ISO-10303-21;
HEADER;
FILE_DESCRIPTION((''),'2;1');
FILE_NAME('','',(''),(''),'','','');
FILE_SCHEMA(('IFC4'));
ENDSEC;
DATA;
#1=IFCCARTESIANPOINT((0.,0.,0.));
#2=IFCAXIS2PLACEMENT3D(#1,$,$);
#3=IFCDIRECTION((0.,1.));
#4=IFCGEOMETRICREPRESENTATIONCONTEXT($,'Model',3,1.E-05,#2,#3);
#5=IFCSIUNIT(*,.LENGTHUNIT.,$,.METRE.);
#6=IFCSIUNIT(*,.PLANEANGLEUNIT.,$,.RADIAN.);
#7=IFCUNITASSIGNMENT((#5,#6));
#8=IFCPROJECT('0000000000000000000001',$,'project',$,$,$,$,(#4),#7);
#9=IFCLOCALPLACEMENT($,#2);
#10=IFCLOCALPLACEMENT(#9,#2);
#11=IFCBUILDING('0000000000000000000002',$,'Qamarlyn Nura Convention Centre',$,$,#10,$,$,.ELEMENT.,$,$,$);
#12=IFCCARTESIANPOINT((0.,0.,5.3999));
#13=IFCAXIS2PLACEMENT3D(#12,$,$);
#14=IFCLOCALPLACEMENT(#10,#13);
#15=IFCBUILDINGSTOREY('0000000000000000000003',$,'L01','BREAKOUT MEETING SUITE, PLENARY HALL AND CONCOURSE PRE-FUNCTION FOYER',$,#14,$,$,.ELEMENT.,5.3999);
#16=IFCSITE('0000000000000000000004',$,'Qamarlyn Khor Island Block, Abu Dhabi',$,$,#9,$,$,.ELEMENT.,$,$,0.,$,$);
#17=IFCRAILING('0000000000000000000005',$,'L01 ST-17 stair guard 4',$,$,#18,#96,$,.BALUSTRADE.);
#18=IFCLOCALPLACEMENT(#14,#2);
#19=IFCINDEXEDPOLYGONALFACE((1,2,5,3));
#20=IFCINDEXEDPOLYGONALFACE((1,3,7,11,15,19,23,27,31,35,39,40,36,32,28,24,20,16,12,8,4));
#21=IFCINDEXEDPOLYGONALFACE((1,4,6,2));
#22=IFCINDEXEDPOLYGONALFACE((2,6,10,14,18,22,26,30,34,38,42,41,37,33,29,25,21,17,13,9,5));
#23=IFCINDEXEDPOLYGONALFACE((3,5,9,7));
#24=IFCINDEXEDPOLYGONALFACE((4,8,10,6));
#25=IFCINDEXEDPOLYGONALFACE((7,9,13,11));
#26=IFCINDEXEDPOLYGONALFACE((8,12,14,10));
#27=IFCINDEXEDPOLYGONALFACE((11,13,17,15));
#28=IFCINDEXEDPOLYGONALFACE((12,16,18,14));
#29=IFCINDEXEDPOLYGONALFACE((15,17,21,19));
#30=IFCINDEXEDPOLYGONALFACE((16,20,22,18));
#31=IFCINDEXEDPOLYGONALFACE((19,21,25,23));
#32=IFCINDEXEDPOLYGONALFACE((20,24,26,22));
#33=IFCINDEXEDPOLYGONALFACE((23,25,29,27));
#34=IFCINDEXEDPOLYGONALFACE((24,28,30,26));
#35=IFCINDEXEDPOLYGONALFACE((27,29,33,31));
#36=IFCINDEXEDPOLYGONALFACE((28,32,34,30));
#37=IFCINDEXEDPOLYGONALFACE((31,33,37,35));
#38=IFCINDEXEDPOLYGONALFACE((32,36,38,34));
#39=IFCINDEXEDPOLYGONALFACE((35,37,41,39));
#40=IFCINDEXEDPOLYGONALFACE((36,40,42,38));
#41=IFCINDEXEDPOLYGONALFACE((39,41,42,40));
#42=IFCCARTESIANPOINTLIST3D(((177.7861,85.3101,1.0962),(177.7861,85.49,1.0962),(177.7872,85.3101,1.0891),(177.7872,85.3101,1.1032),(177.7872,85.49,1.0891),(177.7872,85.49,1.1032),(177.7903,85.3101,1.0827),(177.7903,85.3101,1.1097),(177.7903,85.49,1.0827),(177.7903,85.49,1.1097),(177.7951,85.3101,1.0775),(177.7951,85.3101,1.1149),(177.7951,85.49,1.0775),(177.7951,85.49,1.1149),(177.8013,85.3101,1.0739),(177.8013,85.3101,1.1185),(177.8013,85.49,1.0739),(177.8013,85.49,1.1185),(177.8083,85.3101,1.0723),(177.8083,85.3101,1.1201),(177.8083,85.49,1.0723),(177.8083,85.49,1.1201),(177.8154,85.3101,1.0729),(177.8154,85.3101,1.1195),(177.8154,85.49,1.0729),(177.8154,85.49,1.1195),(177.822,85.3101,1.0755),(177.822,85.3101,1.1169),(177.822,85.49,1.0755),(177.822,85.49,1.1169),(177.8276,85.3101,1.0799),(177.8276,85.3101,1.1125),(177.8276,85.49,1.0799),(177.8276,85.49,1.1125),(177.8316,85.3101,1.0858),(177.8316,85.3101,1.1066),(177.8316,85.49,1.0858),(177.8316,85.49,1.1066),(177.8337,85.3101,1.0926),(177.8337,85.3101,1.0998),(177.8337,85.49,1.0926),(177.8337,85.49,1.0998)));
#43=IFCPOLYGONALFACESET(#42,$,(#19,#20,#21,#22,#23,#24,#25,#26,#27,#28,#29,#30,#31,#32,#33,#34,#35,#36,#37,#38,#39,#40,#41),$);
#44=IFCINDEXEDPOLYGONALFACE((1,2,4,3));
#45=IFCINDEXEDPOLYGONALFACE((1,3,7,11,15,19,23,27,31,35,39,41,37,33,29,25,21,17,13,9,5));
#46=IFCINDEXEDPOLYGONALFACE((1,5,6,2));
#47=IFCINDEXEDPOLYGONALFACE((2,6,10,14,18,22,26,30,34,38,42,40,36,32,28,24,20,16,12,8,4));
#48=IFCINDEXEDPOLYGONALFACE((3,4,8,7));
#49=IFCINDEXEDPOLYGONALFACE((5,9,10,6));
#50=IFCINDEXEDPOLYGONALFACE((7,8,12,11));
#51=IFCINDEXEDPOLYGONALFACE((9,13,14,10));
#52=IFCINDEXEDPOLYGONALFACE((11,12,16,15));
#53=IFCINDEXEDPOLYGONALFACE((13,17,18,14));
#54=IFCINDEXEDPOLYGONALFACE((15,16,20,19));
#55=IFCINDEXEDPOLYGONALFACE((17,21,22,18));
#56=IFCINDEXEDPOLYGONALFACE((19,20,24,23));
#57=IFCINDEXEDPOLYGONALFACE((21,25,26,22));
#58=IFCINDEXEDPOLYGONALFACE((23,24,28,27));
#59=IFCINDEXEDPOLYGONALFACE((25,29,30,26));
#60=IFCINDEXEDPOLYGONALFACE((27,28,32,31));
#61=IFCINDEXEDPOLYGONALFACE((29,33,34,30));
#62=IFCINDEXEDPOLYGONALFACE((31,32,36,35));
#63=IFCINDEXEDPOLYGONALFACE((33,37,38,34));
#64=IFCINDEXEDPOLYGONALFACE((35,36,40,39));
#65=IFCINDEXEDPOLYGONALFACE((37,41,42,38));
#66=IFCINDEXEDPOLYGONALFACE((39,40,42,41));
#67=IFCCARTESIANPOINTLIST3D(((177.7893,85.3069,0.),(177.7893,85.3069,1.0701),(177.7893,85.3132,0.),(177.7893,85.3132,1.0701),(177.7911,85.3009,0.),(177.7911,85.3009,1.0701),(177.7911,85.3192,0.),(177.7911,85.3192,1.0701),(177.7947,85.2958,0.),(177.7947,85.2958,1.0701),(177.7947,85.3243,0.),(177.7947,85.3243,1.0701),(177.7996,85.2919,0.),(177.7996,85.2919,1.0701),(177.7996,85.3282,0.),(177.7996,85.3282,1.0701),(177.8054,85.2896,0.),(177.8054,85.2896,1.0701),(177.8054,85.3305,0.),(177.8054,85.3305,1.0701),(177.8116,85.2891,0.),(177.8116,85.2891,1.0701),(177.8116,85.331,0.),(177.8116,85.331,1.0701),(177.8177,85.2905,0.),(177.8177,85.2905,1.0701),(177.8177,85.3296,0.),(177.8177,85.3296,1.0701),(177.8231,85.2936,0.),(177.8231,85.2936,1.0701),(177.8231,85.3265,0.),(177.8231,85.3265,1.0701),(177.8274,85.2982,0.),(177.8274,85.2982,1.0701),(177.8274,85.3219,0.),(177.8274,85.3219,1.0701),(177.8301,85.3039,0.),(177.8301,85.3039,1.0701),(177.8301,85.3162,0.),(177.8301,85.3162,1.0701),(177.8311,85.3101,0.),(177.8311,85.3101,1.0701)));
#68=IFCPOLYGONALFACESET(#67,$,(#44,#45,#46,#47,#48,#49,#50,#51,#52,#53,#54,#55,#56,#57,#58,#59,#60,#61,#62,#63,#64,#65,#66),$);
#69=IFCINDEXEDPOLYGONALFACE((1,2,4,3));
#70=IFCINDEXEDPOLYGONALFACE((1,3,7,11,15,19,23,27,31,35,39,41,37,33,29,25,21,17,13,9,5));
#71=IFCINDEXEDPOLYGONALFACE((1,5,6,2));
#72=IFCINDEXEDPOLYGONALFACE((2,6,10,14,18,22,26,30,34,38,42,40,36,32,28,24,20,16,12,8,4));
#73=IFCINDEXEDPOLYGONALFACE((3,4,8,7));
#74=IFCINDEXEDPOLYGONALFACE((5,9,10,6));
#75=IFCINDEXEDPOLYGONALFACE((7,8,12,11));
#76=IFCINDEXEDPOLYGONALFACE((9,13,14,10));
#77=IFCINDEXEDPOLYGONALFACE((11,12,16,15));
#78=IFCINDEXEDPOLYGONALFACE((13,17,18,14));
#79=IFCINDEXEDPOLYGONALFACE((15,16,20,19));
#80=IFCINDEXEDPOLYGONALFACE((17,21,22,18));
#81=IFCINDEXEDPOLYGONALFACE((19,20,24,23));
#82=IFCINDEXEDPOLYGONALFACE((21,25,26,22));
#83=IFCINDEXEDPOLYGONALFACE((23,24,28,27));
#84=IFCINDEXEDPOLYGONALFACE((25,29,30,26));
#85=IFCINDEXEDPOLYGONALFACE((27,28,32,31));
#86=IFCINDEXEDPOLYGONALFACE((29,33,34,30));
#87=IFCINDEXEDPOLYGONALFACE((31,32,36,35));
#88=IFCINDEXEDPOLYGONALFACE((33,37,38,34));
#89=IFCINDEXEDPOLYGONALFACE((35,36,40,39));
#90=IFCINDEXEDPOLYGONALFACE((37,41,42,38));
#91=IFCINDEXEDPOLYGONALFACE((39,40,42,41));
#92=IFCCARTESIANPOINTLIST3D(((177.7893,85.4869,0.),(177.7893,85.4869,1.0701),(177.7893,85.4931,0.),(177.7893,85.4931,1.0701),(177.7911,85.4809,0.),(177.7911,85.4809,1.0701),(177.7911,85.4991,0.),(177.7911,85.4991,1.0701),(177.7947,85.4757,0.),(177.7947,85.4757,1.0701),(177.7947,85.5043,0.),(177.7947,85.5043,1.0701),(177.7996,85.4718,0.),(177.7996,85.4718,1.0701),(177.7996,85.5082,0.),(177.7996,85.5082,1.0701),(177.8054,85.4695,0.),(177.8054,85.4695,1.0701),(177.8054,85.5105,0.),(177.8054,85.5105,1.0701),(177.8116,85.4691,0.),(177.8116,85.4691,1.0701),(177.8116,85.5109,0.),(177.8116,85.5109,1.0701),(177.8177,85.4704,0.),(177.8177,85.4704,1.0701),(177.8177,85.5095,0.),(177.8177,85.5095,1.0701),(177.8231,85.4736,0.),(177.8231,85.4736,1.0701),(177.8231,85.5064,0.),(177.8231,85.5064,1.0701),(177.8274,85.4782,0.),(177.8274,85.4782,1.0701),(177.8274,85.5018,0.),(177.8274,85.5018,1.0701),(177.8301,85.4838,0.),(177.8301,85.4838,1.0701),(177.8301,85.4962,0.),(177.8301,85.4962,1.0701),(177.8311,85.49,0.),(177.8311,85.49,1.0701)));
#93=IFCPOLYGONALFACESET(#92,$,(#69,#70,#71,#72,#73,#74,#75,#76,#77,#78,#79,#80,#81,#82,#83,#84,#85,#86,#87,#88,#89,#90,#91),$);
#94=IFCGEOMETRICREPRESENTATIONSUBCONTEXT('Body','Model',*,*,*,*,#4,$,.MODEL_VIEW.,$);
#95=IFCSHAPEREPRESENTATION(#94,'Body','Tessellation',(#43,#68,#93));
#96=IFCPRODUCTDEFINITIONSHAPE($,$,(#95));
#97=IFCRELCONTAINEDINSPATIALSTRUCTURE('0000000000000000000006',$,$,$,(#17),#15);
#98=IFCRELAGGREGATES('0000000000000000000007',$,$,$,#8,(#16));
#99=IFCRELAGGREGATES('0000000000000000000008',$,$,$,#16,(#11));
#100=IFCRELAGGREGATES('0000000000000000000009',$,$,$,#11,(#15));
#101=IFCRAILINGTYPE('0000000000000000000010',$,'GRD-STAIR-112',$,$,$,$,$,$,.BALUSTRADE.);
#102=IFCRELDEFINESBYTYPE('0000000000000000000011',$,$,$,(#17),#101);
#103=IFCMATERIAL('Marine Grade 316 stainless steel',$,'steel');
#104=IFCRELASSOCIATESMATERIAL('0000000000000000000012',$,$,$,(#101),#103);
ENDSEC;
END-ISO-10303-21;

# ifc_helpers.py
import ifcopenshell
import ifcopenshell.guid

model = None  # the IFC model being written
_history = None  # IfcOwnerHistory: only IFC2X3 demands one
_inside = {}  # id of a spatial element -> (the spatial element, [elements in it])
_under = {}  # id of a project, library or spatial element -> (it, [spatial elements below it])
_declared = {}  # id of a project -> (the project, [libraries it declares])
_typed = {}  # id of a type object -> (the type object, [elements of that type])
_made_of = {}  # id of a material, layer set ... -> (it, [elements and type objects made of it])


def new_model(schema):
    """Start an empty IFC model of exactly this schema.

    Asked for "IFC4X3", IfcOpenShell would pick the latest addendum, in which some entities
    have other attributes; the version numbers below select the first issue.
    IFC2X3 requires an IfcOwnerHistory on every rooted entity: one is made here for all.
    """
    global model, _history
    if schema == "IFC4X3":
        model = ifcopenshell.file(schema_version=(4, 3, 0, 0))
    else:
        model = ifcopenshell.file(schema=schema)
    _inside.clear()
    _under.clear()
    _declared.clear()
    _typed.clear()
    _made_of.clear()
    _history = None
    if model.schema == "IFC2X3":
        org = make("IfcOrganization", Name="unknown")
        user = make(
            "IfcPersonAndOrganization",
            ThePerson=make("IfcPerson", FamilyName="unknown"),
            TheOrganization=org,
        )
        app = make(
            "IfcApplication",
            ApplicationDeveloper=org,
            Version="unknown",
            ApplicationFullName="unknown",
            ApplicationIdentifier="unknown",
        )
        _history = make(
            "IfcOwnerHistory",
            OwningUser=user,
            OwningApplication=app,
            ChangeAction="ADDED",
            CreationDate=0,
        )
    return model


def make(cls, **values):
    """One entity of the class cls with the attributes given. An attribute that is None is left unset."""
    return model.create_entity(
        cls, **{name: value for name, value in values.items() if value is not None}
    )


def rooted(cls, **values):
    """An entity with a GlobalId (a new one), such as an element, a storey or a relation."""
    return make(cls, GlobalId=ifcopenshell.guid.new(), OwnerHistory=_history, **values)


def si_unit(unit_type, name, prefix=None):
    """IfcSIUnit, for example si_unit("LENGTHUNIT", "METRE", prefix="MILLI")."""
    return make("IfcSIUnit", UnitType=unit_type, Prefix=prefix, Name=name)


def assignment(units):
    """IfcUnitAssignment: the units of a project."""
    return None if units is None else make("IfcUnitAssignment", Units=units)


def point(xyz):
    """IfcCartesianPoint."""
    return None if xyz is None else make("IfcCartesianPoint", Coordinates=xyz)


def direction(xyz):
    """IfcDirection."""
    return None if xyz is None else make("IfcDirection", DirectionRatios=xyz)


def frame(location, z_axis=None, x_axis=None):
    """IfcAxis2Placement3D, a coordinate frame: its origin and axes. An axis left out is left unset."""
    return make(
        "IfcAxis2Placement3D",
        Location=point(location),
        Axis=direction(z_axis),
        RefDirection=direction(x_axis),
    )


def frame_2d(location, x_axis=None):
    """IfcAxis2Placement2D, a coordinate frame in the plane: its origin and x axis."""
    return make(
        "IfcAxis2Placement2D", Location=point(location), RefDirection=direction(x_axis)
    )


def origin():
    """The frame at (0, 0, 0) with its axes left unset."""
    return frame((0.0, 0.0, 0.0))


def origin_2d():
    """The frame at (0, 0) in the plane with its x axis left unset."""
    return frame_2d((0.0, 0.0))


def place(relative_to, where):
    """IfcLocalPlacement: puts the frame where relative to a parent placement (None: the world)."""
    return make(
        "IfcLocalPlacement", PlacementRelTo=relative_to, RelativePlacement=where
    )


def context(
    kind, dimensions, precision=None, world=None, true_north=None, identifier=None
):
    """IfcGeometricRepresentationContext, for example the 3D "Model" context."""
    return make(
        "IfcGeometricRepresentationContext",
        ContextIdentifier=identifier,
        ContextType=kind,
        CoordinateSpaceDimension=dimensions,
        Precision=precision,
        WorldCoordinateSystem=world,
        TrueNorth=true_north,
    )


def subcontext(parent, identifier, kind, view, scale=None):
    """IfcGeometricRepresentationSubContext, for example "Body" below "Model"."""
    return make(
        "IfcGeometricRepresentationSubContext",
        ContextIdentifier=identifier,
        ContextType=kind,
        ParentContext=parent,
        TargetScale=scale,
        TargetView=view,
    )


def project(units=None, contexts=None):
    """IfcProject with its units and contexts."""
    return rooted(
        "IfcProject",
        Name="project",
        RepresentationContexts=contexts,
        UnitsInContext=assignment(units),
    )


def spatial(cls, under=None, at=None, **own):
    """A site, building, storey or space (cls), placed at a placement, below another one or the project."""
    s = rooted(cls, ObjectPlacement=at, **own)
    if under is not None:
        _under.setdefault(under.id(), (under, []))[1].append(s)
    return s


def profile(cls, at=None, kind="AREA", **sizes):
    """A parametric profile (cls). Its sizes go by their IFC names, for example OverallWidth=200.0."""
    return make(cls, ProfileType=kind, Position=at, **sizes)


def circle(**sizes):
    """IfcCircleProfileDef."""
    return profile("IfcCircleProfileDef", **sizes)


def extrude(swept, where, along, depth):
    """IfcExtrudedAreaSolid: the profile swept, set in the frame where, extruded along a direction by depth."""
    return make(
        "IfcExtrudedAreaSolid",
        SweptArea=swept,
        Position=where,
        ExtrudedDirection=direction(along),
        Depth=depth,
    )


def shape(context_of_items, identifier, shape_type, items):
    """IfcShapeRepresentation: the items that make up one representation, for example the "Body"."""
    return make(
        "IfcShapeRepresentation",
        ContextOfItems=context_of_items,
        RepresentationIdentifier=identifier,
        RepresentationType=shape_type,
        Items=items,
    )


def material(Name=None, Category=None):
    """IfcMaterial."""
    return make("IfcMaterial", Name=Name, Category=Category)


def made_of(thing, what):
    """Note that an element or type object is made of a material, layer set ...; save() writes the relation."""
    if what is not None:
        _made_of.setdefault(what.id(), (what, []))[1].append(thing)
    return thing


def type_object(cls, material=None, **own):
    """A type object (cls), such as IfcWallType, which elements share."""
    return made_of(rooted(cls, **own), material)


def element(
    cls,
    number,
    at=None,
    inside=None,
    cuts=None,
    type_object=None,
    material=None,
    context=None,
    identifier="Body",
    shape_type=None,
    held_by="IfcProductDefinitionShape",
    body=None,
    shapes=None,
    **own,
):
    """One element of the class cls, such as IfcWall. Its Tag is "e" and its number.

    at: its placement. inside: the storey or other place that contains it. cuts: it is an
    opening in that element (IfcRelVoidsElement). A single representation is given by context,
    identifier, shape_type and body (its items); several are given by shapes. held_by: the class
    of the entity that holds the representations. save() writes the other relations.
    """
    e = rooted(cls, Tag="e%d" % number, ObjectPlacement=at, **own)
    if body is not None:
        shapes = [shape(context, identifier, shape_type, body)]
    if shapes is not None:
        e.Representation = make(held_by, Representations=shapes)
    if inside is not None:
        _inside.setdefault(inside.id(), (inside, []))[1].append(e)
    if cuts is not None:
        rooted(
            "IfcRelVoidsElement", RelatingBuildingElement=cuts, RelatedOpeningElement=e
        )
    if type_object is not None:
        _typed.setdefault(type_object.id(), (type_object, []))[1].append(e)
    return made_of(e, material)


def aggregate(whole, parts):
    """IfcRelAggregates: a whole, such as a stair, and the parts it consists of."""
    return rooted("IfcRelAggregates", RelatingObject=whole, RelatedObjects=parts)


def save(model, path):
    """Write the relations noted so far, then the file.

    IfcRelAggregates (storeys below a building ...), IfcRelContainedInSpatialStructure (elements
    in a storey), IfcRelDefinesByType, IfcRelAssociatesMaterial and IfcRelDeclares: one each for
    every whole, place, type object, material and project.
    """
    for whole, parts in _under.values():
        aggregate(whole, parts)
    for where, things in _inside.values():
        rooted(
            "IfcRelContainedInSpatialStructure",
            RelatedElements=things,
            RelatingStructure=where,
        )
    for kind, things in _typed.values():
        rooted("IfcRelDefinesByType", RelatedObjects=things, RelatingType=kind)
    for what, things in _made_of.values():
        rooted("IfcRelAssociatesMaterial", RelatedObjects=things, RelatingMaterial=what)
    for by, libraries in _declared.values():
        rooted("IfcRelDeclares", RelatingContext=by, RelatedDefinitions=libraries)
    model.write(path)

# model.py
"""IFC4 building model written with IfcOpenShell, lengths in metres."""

from ifc_helpers import new_model, si_unit, direction, frame, origin, origin_2d, place, context, subcontext, project, spatial, circle, extrude, material, type_object, element, save


model = new_model("IFC4")

# Units and contexts
model_context = context("Model", 3, precision=1e-05, world=origin(), true_north=direction((0.0, 1.0)))
body_context = subcontext(model_context, "Body", "Model", "MODEL_VIEW")
ifc_project = project(units=[si_unit("LENGTHUNIT", "METRE"), si_unit("PLANEANGLEUNIT", "RADIAN")], contexts=[model_context])

# Site, building, storey
site_placement = place(None, origin())
site = spatial("IfcSite", under=ifc_project, at=site_placement, Name="Qamarlyn Khor Island Block, Abu Dhabi", CompositionType="ELEMENT", RefElevation=0.0)
building_placement = place(site_placement, origin())
building = spatial("IfcBuilding", under=site, at=building_placement, Name="Qamarlyn Nura Convention Centre", CompositionType="ELEMENT")
storey_placement = place(building_placement, frame((0.0, 0.0, 5.3999)))
storey = spatial("IfcBuildingStorey", under=building, at=storey_placement, Name="L01", Description="BREAKOUT MEETING SUITE, PLENARY HALL AND CONCOURSE PRE-FUNCTION FOYER", CompositionType="ELEMENT", Elevation=5.3999)

# Railing
ifc_material_1 = material(Name="Marine Grade 316 stainless steel", Category="steel")
railing_type_1 = type_object("IfcRailingType", Name="GRD-STAIR-112", PredefinedType="BALUSTRADE", material=ifc_material_1)
railing_1_placement = place(storey_placement, frame((177.8101, 85.3101, 0.0)))
element("IfcRailing", 1, at=railing_1_placement, inside=storey, type_object=railing_type_1, Name="L01 ST-17 stair guard 4", PredefinedType="BALUSTRADE", context=body_context, shape_type="SweptSolid", body=[
    extrude(circle(Radius=0.0239, at=origin_2d()), frame((0.0, 0.0, 1.0962), z_axis=(0.0, 1.0, 0.0), x_axis=(-1.0, 0.0, 0.0)), (0.0, 0.0, 1.0), 0.1799),
    extrude(circle(Radius=0.021, at=origin_2d()), origin(), (0.0, 0.0, 1.0), 1.0701),
    extrude(circle(Radius=0.021, at=origin_2d()), frame((0.0, 0.1799, 0.0)), (0.0, 0.0, 1.0), 1.0701),
])

save(model, "model.ifc")
